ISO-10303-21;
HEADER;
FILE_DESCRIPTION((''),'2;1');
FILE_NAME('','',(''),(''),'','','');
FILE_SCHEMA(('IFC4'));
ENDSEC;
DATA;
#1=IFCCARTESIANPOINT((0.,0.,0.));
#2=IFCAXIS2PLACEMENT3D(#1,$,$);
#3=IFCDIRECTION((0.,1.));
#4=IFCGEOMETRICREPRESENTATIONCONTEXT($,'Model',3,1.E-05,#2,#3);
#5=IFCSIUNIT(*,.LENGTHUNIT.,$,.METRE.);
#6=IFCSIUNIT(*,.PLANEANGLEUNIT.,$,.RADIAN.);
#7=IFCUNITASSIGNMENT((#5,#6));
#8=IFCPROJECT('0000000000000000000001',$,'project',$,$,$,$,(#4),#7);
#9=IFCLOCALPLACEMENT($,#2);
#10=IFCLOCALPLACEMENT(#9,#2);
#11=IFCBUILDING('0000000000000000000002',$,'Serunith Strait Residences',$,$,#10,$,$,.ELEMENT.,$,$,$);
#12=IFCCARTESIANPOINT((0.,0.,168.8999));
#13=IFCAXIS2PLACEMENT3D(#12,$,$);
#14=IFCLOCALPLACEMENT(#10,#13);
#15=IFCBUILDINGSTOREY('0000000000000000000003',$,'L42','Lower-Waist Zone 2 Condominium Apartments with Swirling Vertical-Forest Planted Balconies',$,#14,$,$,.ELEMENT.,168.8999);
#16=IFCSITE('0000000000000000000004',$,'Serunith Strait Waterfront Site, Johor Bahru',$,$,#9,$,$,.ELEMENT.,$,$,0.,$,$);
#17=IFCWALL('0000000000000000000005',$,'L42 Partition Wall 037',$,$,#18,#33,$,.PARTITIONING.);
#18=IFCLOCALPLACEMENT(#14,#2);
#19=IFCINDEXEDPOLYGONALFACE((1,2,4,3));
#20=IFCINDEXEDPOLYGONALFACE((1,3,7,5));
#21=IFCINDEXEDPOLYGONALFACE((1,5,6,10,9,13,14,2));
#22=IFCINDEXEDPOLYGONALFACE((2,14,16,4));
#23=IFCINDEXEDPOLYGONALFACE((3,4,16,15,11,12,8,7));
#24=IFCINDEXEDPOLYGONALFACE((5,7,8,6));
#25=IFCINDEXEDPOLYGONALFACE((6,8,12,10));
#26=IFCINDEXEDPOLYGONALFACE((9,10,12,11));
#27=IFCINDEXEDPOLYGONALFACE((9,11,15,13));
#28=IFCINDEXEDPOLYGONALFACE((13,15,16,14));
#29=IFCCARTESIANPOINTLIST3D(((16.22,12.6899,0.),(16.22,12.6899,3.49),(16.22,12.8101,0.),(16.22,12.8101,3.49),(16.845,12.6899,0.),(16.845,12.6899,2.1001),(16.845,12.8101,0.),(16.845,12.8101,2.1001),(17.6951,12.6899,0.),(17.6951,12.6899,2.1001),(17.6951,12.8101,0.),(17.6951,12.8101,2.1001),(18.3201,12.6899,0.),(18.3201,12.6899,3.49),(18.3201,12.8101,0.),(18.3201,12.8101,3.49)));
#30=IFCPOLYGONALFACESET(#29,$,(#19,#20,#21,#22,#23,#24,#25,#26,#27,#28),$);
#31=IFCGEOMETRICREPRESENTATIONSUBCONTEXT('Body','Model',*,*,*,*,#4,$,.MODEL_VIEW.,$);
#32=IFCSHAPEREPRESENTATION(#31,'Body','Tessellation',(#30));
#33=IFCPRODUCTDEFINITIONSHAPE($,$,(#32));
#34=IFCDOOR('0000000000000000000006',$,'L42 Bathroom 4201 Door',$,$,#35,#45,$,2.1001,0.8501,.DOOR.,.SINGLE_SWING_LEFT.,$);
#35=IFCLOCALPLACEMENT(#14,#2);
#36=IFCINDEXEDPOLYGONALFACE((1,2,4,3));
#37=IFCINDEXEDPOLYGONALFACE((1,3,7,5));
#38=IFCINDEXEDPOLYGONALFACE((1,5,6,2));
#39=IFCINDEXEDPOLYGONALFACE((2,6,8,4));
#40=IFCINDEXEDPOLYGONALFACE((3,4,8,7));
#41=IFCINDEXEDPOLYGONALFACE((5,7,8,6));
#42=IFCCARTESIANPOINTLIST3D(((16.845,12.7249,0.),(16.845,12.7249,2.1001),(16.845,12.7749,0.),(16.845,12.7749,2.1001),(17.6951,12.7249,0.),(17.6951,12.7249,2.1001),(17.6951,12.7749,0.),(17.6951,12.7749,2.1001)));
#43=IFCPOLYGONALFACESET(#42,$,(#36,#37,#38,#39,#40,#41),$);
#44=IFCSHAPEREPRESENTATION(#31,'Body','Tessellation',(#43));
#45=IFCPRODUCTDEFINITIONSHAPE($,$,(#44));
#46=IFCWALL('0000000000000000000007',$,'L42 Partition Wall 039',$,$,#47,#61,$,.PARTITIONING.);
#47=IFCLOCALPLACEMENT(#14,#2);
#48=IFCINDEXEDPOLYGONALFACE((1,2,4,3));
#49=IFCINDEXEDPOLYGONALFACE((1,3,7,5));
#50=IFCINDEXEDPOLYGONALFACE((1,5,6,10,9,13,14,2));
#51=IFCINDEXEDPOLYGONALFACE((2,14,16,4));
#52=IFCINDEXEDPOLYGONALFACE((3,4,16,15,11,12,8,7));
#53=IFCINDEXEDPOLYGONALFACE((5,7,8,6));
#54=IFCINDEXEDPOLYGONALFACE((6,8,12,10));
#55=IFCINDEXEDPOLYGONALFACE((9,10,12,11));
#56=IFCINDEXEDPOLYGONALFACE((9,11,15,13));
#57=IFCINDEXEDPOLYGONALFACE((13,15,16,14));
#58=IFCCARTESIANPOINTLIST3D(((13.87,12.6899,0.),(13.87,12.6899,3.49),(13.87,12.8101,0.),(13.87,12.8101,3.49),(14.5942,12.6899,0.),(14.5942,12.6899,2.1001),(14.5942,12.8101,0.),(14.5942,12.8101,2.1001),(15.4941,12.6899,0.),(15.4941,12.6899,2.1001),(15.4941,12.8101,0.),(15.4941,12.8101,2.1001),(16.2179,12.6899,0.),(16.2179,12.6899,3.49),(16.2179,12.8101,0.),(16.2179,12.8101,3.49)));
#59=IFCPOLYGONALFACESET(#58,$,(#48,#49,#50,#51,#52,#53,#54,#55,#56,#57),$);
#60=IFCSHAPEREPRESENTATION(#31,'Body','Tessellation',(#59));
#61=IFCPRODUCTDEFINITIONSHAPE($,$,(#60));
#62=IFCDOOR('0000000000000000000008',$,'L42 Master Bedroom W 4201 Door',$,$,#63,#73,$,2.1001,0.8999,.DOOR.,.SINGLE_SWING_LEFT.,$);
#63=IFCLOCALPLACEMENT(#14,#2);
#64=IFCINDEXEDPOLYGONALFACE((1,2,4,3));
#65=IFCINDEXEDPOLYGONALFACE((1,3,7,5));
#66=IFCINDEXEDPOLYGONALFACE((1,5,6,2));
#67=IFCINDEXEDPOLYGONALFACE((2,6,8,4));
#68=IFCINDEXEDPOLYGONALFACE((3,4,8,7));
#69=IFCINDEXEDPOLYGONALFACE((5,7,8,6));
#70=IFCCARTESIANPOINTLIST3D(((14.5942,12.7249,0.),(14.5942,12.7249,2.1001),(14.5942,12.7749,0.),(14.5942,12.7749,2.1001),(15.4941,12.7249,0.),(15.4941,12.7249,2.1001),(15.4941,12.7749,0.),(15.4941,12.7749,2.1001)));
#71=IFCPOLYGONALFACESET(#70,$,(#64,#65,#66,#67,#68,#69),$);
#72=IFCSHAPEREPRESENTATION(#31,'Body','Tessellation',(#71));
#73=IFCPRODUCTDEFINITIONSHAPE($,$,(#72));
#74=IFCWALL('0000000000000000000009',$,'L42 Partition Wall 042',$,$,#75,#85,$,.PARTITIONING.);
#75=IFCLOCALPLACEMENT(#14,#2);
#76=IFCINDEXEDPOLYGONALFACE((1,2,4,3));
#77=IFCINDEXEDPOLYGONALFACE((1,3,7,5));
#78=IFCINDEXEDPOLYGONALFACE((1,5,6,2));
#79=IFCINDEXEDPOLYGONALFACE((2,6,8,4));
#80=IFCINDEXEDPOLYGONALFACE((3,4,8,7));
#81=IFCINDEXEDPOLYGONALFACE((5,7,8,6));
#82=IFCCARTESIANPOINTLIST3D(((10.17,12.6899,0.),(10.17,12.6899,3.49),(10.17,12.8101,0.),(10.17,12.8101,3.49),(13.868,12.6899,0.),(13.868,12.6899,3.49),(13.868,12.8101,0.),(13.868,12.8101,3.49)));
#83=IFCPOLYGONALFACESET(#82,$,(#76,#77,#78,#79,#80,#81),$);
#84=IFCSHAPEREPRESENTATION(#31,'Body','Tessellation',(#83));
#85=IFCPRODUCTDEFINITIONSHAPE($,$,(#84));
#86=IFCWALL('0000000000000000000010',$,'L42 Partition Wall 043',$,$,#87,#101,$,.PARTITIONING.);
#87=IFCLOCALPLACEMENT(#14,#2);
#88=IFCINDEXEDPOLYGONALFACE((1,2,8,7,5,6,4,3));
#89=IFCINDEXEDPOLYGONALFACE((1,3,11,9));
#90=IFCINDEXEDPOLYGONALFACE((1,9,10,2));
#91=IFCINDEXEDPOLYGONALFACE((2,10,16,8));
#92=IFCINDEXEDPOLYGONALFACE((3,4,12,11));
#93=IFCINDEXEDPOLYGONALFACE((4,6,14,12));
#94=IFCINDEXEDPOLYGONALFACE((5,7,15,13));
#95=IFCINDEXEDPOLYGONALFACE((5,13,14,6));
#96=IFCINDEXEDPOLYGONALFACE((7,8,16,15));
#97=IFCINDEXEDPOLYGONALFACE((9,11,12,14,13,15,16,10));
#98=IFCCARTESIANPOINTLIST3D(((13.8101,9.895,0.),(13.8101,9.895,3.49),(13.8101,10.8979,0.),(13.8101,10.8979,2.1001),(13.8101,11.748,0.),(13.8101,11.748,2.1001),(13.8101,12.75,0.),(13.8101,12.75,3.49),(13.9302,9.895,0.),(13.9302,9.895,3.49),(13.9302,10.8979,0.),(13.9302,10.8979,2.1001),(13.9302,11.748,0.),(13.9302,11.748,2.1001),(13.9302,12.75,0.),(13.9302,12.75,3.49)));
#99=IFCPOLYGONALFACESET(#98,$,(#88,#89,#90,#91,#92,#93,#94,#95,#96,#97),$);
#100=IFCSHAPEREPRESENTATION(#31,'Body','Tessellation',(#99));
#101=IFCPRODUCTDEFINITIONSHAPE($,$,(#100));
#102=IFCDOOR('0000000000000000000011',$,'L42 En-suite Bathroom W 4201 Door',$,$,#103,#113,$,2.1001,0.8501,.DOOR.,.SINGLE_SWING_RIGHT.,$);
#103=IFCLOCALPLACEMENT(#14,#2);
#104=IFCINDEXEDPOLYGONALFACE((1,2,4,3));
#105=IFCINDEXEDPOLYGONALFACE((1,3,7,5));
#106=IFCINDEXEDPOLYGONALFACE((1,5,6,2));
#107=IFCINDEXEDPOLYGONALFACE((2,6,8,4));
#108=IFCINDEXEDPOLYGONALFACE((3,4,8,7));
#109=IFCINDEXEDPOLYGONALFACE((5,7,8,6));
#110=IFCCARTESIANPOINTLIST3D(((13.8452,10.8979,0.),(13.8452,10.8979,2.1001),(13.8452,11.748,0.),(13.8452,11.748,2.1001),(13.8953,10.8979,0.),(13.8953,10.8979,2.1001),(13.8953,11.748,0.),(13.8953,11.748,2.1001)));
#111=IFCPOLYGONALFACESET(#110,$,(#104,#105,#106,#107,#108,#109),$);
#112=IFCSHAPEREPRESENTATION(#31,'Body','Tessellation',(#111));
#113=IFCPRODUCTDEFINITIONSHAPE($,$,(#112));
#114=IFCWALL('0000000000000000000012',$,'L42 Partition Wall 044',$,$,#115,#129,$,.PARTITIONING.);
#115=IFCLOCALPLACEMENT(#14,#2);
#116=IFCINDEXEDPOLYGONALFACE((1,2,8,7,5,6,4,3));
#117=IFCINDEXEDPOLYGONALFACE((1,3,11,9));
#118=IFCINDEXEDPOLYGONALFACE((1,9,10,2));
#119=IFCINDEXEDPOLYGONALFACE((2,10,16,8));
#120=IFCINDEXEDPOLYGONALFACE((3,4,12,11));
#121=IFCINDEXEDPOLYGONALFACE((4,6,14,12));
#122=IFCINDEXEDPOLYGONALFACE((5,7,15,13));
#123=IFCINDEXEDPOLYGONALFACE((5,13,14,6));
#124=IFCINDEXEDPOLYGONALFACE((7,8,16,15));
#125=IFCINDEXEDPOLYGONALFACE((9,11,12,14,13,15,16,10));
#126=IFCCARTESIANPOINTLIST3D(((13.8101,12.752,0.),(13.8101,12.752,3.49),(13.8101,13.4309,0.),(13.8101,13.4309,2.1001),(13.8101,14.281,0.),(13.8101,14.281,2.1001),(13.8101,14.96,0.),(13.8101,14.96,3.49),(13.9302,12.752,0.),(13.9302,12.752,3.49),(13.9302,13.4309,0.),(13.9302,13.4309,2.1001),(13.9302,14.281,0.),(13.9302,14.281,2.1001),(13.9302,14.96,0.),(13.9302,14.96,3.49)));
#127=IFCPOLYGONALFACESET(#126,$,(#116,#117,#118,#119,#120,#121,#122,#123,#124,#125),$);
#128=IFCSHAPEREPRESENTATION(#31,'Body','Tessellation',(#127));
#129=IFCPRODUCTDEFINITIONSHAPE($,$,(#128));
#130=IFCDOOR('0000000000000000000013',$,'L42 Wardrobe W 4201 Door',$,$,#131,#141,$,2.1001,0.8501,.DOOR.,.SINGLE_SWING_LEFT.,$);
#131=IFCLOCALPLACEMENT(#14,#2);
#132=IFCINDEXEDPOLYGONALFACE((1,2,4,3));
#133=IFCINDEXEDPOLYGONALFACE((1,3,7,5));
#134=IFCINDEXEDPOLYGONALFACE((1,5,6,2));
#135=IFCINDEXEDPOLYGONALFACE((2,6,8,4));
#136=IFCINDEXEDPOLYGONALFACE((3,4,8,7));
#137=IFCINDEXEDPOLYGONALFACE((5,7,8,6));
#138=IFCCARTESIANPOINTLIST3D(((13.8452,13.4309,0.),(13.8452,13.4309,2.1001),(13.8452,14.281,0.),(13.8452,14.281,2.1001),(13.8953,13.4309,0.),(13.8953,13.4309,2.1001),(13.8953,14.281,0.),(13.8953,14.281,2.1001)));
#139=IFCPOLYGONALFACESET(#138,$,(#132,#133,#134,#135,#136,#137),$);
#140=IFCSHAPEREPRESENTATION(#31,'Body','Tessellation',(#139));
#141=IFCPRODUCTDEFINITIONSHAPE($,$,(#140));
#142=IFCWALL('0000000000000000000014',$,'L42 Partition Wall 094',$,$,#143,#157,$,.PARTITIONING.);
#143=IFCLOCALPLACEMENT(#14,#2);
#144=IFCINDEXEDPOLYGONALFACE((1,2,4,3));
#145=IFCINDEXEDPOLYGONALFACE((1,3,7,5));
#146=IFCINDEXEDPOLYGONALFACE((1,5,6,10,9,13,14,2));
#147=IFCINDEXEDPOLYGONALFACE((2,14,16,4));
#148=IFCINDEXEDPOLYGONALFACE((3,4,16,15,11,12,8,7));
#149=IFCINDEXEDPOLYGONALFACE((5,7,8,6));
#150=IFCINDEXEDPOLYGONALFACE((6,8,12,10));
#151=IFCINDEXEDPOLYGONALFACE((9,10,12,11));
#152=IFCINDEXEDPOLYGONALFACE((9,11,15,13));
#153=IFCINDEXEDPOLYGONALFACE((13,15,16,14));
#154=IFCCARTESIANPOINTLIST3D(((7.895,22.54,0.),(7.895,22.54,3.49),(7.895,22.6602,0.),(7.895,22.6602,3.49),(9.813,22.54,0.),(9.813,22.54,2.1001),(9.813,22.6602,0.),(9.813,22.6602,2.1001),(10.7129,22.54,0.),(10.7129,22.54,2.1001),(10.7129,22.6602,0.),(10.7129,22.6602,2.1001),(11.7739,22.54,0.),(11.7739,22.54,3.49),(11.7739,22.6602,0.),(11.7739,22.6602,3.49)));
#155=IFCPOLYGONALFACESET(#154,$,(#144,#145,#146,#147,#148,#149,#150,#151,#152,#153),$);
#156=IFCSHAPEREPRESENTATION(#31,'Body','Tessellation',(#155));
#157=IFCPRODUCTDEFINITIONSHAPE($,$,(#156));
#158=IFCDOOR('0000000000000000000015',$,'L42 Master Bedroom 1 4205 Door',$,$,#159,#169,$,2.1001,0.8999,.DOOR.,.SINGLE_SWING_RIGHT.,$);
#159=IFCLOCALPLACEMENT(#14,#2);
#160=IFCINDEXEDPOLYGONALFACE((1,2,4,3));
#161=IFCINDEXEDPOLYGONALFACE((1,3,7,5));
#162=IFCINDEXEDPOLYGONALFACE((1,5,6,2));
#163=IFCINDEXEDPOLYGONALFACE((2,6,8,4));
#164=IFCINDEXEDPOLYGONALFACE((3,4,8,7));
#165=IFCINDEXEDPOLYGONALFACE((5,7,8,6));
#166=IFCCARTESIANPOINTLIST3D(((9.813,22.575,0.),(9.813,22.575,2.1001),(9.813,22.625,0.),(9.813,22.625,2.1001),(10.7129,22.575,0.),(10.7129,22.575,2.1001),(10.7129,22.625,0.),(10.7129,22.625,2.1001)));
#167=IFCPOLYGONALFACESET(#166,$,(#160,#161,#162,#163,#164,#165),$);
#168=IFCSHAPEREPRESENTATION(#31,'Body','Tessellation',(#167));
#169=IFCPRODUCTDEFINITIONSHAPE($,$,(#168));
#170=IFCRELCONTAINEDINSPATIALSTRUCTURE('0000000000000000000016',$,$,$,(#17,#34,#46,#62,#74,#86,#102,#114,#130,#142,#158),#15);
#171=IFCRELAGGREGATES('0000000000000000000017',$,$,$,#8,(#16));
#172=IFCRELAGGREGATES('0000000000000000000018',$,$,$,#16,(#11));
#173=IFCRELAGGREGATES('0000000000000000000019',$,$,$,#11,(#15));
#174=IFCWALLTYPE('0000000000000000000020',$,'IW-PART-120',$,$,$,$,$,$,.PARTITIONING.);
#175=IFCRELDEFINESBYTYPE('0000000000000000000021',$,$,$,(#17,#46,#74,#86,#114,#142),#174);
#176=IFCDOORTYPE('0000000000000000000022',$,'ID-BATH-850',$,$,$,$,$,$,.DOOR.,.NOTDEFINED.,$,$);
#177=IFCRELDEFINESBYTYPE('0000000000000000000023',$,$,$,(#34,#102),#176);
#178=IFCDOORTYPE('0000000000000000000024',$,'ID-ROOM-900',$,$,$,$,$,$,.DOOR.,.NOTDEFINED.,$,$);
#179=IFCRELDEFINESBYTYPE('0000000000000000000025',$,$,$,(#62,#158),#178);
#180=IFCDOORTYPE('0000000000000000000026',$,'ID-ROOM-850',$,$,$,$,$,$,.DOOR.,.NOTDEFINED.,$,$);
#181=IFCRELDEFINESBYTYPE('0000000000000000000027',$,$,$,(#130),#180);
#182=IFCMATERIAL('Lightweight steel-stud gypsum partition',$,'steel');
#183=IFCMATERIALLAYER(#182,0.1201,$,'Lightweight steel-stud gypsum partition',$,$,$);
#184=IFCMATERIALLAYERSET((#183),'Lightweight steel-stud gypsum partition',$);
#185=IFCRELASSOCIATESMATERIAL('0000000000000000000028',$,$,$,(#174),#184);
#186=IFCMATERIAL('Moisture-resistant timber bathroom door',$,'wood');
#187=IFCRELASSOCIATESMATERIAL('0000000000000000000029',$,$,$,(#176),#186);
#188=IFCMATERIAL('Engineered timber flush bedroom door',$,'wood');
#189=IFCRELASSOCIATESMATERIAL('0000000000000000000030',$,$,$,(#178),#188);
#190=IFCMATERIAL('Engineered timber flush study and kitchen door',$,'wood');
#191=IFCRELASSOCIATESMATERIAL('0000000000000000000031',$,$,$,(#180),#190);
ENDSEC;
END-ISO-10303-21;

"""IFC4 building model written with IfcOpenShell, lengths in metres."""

from ifc_helpers import new_model, si_unit, direction, frame, frame_2d, origin, place, context, subcontext, project, spatial, rectangle, extrude, source, transform, mapped, material, layer, layer_set, type_object, element, fill, save


model = new_model("IFC4")

# Units and contexts
model_context = context("Model", 3, precision=1e-05, world=origin(), true_north=direction((0.0, 1.0)))
body_context = subcontext(model_context, "Body", "Model", "MODEL_VIEW")
ifc_project = project(units=[si_unit("LENGTHUNIT", "METRE"), si_unit("PLANEANGLEUNIT", "RADIAN")], contexts=[model_context])

# Site, building, storey
site_placement = place(None, origin())
site = spatial("IfcSite", under=ifc_project, at=site_placement, Name="Serunith Strait Waterfront Site, Johor Bahru", CompositionType="ELEMENT", RefElevation=0.0)
building_placement = place(site_placement, origin())
building = spatial("IfcBuilding", under=site, at=building_placement, Name="Serunith Strait Residences", CompositionType="ELEMENT")
storey_placement = place(building_placement, frame((0.0, 0.0, 168.8999)))
storey = spatial("IfcBuildingStorey", under=building, at=storey_placement, Name="L42", Description="Lower-Waist Zone 2 Condominium Apartments with Swirling Vertical-Forest Planted Balconies", CompositionType="ELEMENT", Elevation=168.8999)

# Walls, openings, doors
ifc_material_1 = material(Name="Lightweight steel-stud gypsum partition", Category="steel")
ifc_layer_1 = layer(ifc_material_1, 0.1201, Name="Lightweight steel-stud gypsum partition")
ifc_layer_set_1 = layer_set([ifc_layer_1], Name="Lightweight steel-stud gypsum partition")
wall_type_1 = type_object("IfcWallType", Name="IW-PART-120", PredefinedType="PARTITIONING", material=ifc_layer_set_1)
wall_1_placement = place(storey_placement, frame((16.22, 12.75, 0.0), z_axis=(0.0, 0.0, 1.0), x_axis=(1.0, 0.0, 0.0)))
wall_1 = element("IfcWall", 1, at=wall_1_placement, inside=storey, type_object=wall_type_1, Name="L42 Partition Wall 037", PredefinedType="PARTITIONING", context=body_context, shape_type="SweptSolid", body=[
    extrude(rectangle(XDim=2.1001, YDim=0.1201, at=frame_2d((1.05, 0.0))), origin(), (0.0, 0.0, 1.0), 3.49),
])
opening_1_placement = place(wall_1_placement, frame((0.625, 0.0, 0.0)))
opening_1 = element("IfcOpeningElement", 2, at=opening_1_placement, cuts=wall_1, PredefinedType="OPENING", context=body_context, shape_type="SweptSolid", body=[
    extrude(rectangle(XDim=0.8501, YDim=2.1001, at=frame_2d((0.425, 1.05))), frame((0.0, 0.0701, 0.0), z_axis=(0.0, -1.0, 0.0), x_axis=(1.0, 0.0, 0.0)), (0.0, 0.0, 1.0), 0.1401),
])
ifc_material_2 = material(Name="Moisture-resistant timber bathroom door", Category="wood")
door_type_1 = type_object("IfcDoorType", Name="ID-BATH-850", OperationType="NOTDEFINED", PredefinedType="DOOR", material=ifc_material_2)
shared_shape_1 = source(origin(), body_context, "Body", "SweptSolid", [
    extrude(rectangle(XDim=0.8501, YDim=2.1001, at=frame_2d((0.425, 1.05))), frame((0.0, 0.0249, 0.0), z_axis=(0.0, -1.0, 0.0), x_axis=(1.0, 0.0, 0.0)), (0.0, 0.0, 1.0), 0.05),
])
door_1_placement = place(opening_1_placement, origin())
door_1 = element("IfcDoor", 3, at=door_1_placement, inside=storey, type_object=door_type_1, Name="L42 Bathroom 4201 Door", OperationType="SINGLE_SWING_LEFT", OverallHeight=2.1001, OverallWidth=0.8501, PredefinedType="DOOR", context=body_context, shape_type="MappedRepresentation", body=[
    mapped(shared_shape_1, transform((0.0, 0.0, 0.0), scale=1.0)),
])
fill(opening_1, door_1)
wall_2_placement = place(storey_placement, frame((13.8701, 12.75, 0.0), z_axis=(0.0, 0.0, 1.0), x_axis=(1.0, 0.0, 0.0)))
wall_2 = element("IfcWall", 4, at=wall_2_placement, inside=storey, type_object=wall_type_1, Name="L42 Partition Wall 039", PredefinedType="PARTITIONING", context=body_context, shape_type="SweptSolid", body=[
    extrude(rectangle(XDim=2.3479, YDim=0.1201, at=frame_2d((1.1738, 0.0))), origin(), (0.0, 0.0, 1.0), 3.49),
])
opening_2_placement = place(wall_2_placement, frame((0.7241, 0.0, 0.0)))
opening_2 = element("IfcOpeningElement", 5, at=opening_2_placement, cuts=wall_2, PredefinedType="OPENING", context=body_context, shape_type="SweptSolid", body=[
    extrude(rectangle(XDim=0.8999, YDim=2.1001, at=frame_2d((0.45, 1.05))), frame((0.0, 0.0701, 0.0), z_axis=(0.0, -1.0, 0.0), x_axis=(1.0, 0.0, 0.0)), (0.0, 0.0, 1.0), 0.1401),
])
ifc_material_3 = material(Name="Engineered timber flush bedroom door", Category="wood")
door_type_2 = type_object("IfcDoorType", Name="ID-ROOM-900", OperationType="NOTDEFINED", PredefinedType="DOOR", material=ifc_material_3)
shared_shape_2 = source(origin(), body_context, "Body", "SweptSolid", [
    extrude(rectangle(XDim=0.8999, YDim=2.1001, at=frame_2d((0.45, 1.05))), frame((0.0, 0.0249, 0.0), z_axis=(0.0, -1.0, 0.0), x_axis=(1.0, 0.0, 0.0)), (0.0, 0.0, 1.0), 0.05),
])
door_2_placement = place(opening_2_placement, origin())
door_2 = element("IfcDoor", 6, at=door_2_placement, inside=storey, type_object=door_type_2, Name="L42 Master Bedroom W 4201 Door", OperationType="SINGLE_SWING_LEFT", OverallHeight=2.1001, OverallWidth=0.8999, PredefinedType="DOOR", context=body_context, shape_type="MappedRepresentation", body=[
    mapped(shared_shape_2, transform((0.0, 0.0, 0.0), scale=1.0)),
])
fill(opening_2, door_2)

# Wall
wall_3_placement = place(storey_placement, frame((10.1699, 12.75, 0.0), z_axis=(0.0, 0.0, 1.0), x_axis=(1.0, 0.0, 0.0)))
element("IfcWall", 7, at=wall_3_placement, inside=storey, type_object=wall_type_1, Name="L42 Partition Wall 042", PredefinedType="PARTITIONING", context=body_context, shape_type="SweptSolid", body=[
    extrude(rectangle(XDim=3.698, YDim=0.1201, at=frame_2d((1.8491, 0.0))), origin(), (0.0, 0.0, 1.0), 3.49),
])

# Walls, openings, doors
wall_4_placement = place(storey_placement, frame((13.8701, 9.895, 0.0), z_axis=(0.0, 0.0, 1.0), x_axis=(0.0, 1.0, 0.0)))
wall_4 = element("IfcWall", 8, at=wall_4_placement, inside=storey, type_object=wall_type_1, Name="L42 Partition Wall 043", PredefinedType="PARTITIONING", context=body_context, shape_type="SweptSolid", body=[
    extrude(rectangle(XDim=2.855, YDim=0.1201, at=frame_2d((1.4275, 0.0))), origin(), (0.0, 0.0, 1.0), 3.49),
])
opening_3_placement = place(wall_4_placement, frame((1.0029, 0.0, 0.0)))
opening_3 = element("IfcOpeningElement", 9, at=opening_3_placement, cuts=wall_4, PredefinedType="OPENING", context=body_context, shape_type="SweptSolid", body=[
    extrude(rectangle(XDim=0.8501, YDim=2.1001, at=frame_2d((0.425, 1.05))), frame((0.0, 0.0701, 0.0), z_axis=(0.0, -1.0, 0.0), x_axis=(1.0, 0.0, 0.0)), (0.0, 0.0, 1.0), 0.1401),
])
door_3_placement = place(opening_3_placement, origin())
door_3 = element("IfcDoor", 10, at=door_3_placement, inside=storey, type_object=door_type_1, Name="L42 En-suite Bathroom W 4201 Door", OperationType="SINGLE_SWING_RIGHT", OverallHeight=2.1001, OverallWidth=0.8501, PredefinedType="DOOR", context=body_context, shape_type="MappedRepresentation", body=[
    mapped(shared_shape_1, transform((0.0, 0.0, 0.0), scale=1.0)),
])
fill(opening_3, door_3)
wall_5_placement = place(storey_placement, frame((13.8701, 12.752, 0.0), z_axis=(0.0, 0.0, 1.0), x_axis=(0.0, 1.0, 0.0)))
wall_5 = element("IfcWall", 11, at=wall_5_placement, inside=storey, type_object=wall_type_1, Name="L42 Partition Wall 044", PredefinedType="PARTITIONING", context=body_context, shape_type="SweptSolid", body=[
    extrude(rectangle(XDim=2.208, YDim=0.1201, at=frame_2d((1.104, 0.0))), origin(), (0.0, 0.0, 1.0), 3.49),
])
opening_4_placement = place(wall_5_placement, frame((0.679, 0.0, 0.0)))
opening_4 = element("IfcOpeningElement", 12, at=opening_4_placement, cuts=wall_5, PredefinedType="OPENING", context=body_context, shape_type="SweptSolid", body=[
    extrude(rectangle(XDim=0.8501, YDim=2.1001, at=frame_2d((0.425, 1.05))), frame((0.0, 0.0701, 0.0), z_axis=(0.0, -1.0, 0.0), x_axis=(1.0, 0.0, 0.0)), (0.0, 0.0, 1.0), 0.1401),
])
ifc_material_4 = material(Name="Engineered timber flush study and kitchen door", Category="wood")
door_type_3 = type_object("IfcDoorType", Name="ID-ROOM-850", OperationType="NOTDEFINED", PredefinedType="DOOR", material=ifc_material_4)
door_4_placement = place(opening_4_placement, origin())
door_4 = element("IfcDoor", 13, at=door_4_placement, inside=storey, type_object=door_type_3, Name="L42 Wardrobe W 4201 Door", OperationType="SINGLE_SWING_LEFT", OverallHeight=2.1001, OverallWidth=0.8501, PredefinedType="DOOR", context=body_context, shape_type="MappedRepresentation", body=[
    mapped(shared_shape_1, transform((0.0, 0.0, 0.0), scale=1.0)),
])
fill(opening_4, door_4)
wall_6_placement = place(storey_placement, frame((7.895, 22.6001, 0.0), z_axis=(0.0, 0.0, 1.0), x_axis=(1.0, 0.0, 0.0)))
wall_6 = element("IfcWall", 14, at=wall_6_placement, inside=storey, type_object=wall_type_1, Name="L42 Partition Wall 094", PredefinedType="PARTITIONING", context=body_context, shape_type="SweptSolid", body=[
    extrude(rectangle(XDim=3.8789, YDim=0.1201, at=frame_2d((1.9395, 0.0))), origin(), (0.0, 0.0, 1.0), 3.49),
])
opening_5_placement = place(wall_6_placement, frame((1.918, 0.0, 0.0)))
opening_5 = element("IfcOpeningElement", 15, at=opening_5_placement, cuts=wall_6, PredefinedType="OPENING", context=body_context, shape_type="SweptSolid", body=[
    extrude(rectangle(XDim=0.8999, YDim=2.1001, at=frame_2d((0.45, 1.05))), frame((0.0, 0.0701, 0.0), z_axis=(0.0, -1.0, 0.0), x_axis=(1.0, 0.0, 0.0)), (0.0, 0.0, 1.0), 0.1401),
])
door_5_placement = place(opening_5_placement, origin())
door_5 = element("IfcDoor", 16, at=door_5_placement, inside=storey, type_object=door_type_2, Name="L42 Master Bedroom 1 4205 Door", OperationType="SINGLE_SWING_RIGHT", OverallHeight=2.1001, OverallWidth=0.8999, PredefinedType="DOOR", context=body_context, shape_type="MappedRepresentation", body=[
    mapped(shared_shape_2, transform((0.0, 0.0, 0.0), scale=1.0)),
])
fill(opening_5, door_5)

save(model, "model.ifc")
